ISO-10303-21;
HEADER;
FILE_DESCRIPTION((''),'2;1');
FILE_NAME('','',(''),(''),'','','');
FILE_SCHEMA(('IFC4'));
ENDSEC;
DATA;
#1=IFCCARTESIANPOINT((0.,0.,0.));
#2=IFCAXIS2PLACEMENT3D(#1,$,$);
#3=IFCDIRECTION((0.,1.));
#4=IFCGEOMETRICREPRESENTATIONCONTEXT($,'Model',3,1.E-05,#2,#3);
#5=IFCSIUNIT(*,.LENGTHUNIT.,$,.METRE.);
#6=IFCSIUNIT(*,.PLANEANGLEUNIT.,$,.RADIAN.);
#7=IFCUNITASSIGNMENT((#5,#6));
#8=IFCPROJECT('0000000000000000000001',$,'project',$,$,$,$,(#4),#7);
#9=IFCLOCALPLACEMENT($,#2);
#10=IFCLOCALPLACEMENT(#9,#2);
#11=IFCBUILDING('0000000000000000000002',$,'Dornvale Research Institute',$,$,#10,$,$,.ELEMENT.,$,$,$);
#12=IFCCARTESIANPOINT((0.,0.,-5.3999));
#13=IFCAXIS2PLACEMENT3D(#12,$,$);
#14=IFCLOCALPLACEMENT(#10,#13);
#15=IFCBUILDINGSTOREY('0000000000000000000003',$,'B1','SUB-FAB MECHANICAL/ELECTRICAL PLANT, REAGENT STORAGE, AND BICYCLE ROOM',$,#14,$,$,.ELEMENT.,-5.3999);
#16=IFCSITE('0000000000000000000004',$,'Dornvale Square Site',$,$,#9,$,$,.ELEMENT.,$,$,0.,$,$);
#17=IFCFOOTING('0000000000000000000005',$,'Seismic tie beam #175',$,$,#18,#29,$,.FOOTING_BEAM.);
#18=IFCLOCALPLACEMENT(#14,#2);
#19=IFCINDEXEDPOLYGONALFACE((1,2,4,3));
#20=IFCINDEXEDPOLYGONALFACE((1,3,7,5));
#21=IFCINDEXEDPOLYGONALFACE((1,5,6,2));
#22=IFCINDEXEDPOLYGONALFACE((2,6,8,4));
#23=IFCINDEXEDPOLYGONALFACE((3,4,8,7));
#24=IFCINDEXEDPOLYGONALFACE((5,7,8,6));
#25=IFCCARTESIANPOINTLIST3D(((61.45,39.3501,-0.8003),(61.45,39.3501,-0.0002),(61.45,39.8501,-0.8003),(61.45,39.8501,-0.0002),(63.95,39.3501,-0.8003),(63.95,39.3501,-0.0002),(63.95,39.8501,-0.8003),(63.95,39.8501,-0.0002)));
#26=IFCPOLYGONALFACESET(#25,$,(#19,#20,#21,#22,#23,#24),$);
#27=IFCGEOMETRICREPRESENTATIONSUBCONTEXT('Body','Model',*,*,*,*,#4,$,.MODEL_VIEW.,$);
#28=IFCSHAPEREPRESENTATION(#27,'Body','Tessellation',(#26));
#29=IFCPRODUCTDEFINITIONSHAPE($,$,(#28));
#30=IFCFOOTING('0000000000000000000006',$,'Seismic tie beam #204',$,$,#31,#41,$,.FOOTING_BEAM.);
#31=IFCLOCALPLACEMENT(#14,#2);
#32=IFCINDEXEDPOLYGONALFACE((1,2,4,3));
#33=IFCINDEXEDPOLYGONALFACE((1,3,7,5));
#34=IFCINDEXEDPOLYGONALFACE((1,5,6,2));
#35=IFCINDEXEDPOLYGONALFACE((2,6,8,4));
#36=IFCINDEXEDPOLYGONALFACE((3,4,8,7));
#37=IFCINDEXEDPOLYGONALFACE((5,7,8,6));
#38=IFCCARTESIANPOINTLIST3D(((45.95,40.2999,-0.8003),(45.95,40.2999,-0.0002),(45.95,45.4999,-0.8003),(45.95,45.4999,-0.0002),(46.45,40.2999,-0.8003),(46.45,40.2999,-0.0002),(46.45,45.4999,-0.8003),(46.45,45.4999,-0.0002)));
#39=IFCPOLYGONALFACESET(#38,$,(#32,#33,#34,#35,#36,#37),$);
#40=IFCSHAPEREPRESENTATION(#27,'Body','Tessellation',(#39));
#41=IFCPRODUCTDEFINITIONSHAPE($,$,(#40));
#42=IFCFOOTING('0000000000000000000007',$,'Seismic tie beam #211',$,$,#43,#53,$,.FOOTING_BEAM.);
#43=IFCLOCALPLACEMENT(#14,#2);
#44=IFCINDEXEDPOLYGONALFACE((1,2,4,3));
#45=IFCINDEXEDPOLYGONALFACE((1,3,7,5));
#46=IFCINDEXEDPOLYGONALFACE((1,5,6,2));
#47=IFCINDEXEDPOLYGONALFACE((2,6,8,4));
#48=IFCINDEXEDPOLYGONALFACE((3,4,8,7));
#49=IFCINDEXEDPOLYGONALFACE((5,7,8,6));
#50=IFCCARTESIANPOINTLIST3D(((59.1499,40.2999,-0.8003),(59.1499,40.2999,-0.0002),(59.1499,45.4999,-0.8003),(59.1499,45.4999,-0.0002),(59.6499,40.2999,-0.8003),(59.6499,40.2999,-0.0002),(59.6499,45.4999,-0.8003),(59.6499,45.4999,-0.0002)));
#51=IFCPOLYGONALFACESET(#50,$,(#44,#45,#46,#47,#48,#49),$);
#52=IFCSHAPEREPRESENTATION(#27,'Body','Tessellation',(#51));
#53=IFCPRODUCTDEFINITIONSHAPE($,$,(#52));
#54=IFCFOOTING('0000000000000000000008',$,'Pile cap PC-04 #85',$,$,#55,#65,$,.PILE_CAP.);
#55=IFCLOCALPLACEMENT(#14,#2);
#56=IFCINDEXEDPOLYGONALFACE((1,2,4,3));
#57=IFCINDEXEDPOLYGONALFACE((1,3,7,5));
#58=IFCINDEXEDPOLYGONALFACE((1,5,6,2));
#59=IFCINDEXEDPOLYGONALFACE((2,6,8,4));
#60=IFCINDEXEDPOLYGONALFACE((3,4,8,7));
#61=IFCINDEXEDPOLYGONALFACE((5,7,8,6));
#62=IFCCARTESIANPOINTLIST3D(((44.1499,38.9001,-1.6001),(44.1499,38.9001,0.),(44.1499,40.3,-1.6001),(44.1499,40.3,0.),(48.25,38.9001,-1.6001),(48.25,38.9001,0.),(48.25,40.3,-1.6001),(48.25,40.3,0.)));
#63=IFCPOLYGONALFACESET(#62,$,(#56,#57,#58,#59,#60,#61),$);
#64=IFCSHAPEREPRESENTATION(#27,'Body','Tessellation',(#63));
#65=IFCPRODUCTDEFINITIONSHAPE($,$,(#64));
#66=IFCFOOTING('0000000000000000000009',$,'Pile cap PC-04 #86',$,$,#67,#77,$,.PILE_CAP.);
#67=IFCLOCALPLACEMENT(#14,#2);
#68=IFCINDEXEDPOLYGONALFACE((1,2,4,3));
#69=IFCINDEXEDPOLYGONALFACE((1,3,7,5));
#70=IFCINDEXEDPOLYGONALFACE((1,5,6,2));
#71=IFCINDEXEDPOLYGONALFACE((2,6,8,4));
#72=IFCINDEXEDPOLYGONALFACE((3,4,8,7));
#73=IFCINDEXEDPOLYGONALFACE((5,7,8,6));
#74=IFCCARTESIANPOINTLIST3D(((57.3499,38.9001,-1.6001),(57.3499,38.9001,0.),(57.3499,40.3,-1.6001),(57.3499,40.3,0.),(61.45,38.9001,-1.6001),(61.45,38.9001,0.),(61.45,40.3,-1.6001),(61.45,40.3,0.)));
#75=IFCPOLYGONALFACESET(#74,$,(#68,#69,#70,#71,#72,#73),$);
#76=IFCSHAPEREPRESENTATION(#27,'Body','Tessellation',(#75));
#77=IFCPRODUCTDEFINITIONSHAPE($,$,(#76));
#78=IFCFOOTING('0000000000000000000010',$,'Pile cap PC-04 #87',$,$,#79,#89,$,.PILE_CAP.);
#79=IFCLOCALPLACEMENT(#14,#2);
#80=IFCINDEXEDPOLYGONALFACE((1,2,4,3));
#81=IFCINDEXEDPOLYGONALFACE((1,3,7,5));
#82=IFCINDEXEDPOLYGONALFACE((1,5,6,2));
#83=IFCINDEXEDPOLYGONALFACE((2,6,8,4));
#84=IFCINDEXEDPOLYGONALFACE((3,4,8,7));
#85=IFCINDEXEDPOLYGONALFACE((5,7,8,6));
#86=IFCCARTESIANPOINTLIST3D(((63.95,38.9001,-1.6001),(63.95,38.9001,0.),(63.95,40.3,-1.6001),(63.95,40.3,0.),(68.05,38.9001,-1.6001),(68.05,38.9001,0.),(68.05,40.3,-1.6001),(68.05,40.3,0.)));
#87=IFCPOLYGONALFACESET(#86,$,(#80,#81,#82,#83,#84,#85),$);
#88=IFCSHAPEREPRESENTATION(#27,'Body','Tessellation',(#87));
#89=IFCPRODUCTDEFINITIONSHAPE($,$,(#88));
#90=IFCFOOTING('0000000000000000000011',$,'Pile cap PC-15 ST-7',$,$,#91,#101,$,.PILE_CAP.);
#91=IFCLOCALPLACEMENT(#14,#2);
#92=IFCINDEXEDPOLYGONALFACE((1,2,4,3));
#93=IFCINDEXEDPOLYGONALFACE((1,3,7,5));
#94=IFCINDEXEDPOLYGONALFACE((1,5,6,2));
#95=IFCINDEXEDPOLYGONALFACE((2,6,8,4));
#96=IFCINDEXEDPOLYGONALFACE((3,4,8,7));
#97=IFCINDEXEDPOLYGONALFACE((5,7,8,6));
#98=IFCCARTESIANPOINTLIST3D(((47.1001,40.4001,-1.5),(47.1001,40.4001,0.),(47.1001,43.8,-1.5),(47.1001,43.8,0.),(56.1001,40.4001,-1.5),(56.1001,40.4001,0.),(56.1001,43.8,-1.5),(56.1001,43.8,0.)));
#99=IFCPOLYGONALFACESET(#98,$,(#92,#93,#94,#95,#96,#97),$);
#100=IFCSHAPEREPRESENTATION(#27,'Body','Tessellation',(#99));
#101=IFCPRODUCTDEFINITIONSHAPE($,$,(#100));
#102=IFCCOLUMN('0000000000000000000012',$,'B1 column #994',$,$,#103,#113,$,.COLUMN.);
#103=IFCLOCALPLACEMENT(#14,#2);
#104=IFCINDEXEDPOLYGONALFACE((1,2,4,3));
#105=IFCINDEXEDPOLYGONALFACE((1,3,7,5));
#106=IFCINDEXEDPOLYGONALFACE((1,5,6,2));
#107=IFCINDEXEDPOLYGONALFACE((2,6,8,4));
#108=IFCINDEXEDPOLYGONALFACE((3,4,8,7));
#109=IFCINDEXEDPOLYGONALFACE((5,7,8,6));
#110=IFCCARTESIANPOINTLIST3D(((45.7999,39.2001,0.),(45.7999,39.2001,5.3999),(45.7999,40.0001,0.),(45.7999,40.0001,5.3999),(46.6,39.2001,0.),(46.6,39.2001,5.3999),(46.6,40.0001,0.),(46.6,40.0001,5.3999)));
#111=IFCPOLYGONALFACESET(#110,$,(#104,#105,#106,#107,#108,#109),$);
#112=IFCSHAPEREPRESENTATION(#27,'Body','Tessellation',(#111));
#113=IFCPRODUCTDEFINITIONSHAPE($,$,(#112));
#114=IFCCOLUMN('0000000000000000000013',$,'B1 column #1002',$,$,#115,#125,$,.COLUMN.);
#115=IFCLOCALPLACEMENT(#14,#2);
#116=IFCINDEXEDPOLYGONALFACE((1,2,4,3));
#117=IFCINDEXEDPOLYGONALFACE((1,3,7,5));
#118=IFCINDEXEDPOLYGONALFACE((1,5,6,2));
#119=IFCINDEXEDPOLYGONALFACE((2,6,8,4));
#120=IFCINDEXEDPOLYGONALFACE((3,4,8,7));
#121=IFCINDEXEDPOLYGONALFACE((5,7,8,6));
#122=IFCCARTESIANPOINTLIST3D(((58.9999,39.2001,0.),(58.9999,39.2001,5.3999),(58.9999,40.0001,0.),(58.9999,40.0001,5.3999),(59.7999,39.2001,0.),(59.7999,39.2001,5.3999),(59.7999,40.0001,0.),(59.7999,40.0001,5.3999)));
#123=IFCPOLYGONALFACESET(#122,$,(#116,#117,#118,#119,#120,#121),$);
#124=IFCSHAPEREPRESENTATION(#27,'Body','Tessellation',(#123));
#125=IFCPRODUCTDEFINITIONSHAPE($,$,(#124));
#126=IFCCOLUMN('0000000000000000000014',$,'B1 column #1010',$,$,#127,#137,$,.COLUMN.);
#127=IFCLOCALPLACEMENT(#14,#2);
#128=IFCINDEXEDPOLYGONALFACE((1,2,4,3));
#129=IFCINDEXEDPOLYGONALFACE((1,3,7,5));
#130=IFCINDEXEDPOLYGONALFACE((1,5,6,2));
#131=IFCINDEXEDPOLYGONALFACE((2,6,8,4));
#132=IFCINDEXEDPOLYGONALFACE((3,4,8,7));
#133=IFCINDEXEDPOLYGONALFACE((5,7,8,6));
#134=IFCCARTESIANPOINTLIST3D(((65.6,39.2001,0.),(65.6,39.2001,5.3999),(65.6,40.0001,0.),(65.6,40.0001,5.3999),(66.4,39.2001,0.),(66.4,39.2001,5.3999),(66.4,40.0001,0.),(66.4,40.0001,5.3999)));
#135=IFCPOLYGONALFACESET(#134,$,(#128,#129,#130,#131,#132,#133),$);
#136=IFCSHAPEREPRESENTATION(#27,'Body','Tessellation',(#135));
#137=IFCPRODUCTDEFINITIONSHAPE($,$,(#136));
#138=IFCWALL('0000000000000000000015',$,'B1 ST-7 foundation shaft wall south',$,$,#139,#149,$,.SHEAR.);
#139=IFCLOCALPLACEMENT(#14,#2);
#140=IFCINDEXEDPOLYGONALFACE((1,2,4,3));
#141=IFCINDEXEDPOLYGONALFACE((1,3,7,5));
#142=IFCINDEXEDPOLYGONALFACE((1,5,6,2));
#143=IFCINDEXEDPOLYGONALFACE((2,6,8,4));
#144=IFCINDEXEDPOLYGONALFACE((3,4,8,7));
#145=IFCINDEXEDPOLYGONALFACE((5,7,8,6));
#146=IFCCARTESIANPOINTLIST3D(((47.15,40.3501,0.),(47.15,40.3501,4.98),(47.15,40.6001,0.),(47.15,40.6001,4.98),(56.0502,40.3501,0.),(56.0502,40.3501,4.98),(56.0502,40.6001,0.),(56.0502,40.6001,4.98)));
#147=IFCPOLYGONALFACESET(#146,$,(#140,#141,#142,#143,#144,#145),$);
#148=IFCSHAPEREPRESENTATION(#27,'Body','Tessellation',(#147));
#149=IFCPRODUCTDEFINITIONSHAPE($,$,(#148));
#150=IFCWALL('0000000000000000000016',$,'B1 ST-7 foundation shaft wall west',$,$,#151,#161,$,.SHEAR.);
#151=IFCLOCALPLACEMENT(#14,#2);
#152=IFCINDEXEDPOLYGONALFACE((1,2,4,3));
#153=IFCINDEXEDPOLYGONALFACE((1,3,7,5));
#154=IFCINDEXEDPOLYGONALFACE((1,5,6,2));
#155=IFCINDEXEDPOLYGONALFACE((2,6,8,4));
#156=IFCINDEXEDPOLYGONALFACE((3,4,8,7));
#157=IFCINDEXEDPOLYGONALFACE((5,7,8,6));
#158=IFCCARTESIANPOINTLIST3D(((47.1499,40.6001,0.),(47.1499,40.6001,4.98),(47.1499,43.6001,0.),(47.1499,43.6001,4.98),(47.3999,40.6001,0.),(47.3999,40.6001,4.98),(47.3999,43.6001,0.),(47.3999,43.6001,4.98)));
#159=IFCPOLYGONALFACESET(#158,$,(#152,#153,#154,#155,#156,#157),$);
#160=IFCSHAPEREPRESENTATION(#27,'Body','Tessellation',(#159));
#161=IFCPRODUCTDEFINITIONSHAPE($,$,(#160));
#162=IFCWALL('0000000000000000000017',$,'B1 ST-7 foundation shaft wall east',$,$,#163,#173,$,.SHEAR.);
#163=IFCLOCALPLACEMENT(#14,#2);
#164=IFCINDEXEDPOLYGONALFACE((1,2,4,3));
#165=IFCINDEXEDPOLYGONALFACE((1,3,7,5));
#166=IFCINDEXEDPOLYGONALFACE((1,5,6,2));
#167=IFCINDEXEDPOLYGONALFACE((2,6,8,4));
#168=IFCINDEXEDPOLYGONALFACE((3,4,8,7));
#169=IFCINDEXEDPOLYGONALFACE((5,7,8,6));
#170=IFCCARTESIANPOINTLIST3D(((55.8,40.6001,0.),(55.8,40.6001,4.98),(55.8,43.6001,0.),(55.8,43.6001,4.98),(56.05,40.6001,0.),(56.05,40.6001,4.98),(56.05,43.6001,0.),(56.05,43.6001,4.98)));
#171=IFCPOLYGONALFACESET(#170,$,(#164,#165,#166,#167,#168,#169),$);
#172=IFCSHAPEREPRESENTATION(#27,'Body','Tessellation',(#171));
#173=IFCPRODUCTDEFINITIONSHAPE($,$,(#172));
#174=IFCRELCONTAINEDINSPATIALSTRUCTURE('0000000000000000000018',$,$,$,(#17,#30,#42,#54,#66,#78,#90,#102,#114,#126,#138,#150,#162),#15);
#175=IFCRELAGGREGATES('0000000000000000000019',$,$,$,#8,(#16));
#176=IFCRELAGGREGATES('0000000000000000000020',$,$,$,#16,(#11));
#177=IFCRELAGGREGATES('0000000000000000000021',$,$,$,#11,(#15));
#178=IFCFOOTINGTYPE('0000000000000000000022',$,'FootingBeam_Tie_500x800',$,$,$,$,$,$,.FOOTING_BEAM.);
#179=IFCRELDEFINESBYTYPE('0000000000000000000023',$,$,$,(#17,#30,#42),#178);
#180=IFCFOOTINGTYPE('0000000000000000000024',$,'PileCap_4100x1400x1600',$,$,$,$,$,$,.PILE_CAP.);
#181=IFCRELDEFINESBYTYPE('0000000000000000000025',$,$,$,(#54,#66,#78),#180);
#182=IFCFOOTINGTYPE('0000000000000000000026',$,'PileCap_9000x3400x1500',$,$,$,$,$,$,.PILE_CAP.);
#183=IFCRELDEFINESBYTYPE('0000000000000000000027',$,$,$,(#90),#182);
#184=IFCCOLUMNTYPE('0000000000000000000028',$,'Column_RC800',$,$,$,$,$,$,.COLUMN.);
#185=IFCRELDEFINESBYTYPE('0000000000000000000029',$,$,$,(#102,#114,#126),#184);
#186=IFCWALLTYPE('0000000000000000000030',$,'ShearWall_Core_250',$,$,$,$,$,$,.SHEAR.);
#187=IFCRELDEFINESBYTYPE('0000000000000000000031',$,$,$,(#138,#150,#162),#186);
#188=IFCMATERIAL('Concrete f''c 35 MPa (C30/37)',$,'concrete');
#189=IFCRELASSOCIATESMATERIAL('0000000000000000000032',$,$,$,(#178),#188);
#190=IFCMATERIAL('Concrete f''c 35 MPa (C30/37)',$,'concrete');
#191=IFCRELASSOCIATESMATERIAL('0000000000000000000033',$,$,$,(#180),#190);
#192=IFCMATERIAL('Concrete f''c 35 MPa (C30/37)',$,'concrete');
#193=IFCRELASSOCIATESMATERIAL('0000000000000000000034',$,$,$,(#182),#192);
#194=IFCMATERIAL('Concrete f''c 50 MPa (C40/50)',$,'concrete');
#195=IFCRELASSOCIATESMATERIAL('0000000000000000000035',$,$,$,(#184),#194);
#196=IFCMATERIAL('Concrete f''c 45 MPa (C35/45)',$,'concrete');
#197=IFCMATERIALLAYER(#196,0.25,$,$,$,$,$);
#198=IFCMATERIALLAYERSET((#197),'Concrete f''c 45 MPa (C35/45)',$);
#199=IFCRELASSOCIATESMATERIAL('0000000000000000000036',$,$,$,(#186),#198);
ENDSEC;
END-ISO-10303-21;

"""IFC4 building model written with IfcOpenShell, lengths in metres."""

from ifc_helpers import new_model, si_unit, direction, frame, frame_2d, origin, origin_2d, place, context, subcontext, project, spatial, rectangle, extrude, material, layer, layer_set, material_profile, profile_set, type_object, element, save


model = new_model("IFC4")

# Units and contexts
model_context = context("Model", 3, precision=1e-05, world=origin(), true_north=direction((0.0, 1.0)))
body_context = subcontext(model_context, "Body", "Model", "MODEL_VIEW")
ifc_project = project(units=[si_unit("LENGTHUNIT", "METRE"), si_unit("PLANEANGLEUNIT", "RADIAN")], contexts=[model_context])

# Site, building, storey
site_placement = place(None, origin())
site = spatial("IfcSite", under=ifc_project, at=site_placement, Name="Dornvale Square Site", CompositionType="ELEMENT", RefElevation=0.0)
building_placement = place(site_placement, origin())
building = spatial("IfcBuilding", under=site, at=building_placement, Name="Dornvale Research Institute", CompositionType="ELEMENT")
storey_placement = place(building_placement, frame((0.0, 0.0, -5.3999)))
storey = spatial("IfcBuildingStorey", under=building, at=storey_placement, Name="B1", Description="SUB-FAB MECHANICAL/ELECTRICAL PLANT, REAGENT STORAGE, AND BICYCLE ROOM", CompositionType="ELEMENT", Elevation=-5.3999)

# Footings
ifc_material_1 = material(Name="Concrete f'c 35 MPa (C30/37)", Category="concrete")
footing_type_1 = type_object("IfcFootingType", Name="FootingBeam_Tie_500x800", PredefinedType="FOOTING_BEAM", material=ifc_material_1)
footing_1_placement = place(storey_placement, frame((62.7, 39.6001, -0.8003), z_axis=(0.0, 0.0, 1.0), x_axis=(1.0, 0.0, 0.0)))
element("IfcFooting", 1, at=footing_1_placement, inside=storey, type_object=footing_type_1, Name="Seismic tie beam #175", PredefinedType="FOOTING_BEAM", context=body_context, shape_type="SweptSolid", body=[
    extrude(rectangle(XDim=2.5, YDim=0.5, at=origin_2d()), origin(), (0.0, 0.0, 1.0), 0.8),
])
for number, where, z_axis, x_axis, name in (
    (2, (46.2, 42.8999, -0.8003), (0.0, 0.0, 1.0), (0.0, 1.0, 0.0), "Seismic tie beam #204"),
    (3, (59.3999, 42.8999, -0.8003), (0.0, 0.0, 1.0), (0.0, 1.0, 0.0), "Seismic tie beam #211"),
):
    element("IfcFooting", number, at=place(storey_placement, frame(where, z_axis=z_axis, x_axis=x_axis)), inside=storey, type_object=footing_type_1, Name=name, PredefinedType="FOOTING_BEAM", context=body_context, shape_type="SweptSolid", body=[
        extrude(rectangle(XDim=5.2, YDim=0.5, at=origin_2d()), origin(), (0.0, 0.0, 1.0), 0.8),
    ])
ifc_material_2 = material(Name="Concrete f'c 35 MPa (C30/37)", Category="concrete")
footing_type_2 = type_object("IfcFootingType", Name="PileCap_4100x1400x1600", PredefinedType="PILE_CAP", material=ifc_material_2)
for number, where, z_axis, x_axis, name in (
    (4, (46.2, 39.6001, -1.6001), (0.0, 0.0, 1.0), (1.0, 0.0, 0.0), "Pile cap PC-04 #85"),
    (5, (59.3999, 39.6001, -1.6001), (0.0, 0.0, 1.0), (1.0, 0.0, 0.0), "Pile cap PC-04 #86"),
    (6, (66.0, 39.6001, -1.6001), (0.0, 0.0, 1.0), (1.0, 0.0, 0.0), "Pile cap PC-04 #87"),
):
    element("IfcFooting", number, at=place(storey_placement, frame(where, z_axis=z_axis, x_axis=x_axis)), inside=storey, type_object=footing_type_2, Name=name, PredefinedType="PILE_CAP", context=body_context, shape_type="SweptSolid", body=[
        extrude(rectangle(XDim=4.1001, YDim=1.3999, at=origin_2d()), origin(), (0.0, 0.0, 1.0), 1.6001),
    ])
ifc_material_3 = material(Name="Concrete f'c 35 MPa (C30/37)", Category="concrete")
footing_type_3 = type_object("IfcFootingType", Name="PileCap_9000x3400x1500", PredefinedType="PILE_CAP", material=ifc_material_3)
footing_2_placement = place(storey_placement, frame((51.6001, 42.1001, -1.5), z_axis=(0.0, 0.0, 1.0), x_axis=(1.0, 0.0, 0.0)))
element("IfcFooting", 7, at=footing_2_placement, inside=storey, type_object=footing_type_3, Name="Pile cap PC-15 ST-7", PredefinedType="PILE_CAP", context=body_context, shape_type="SweptSolid", body=[
    extrude(rectangle(XDim=9.0, YDim=3.3999, at=origin_2d()), origin(), (0.0, 0.0, 1.0), 1.5),
])

# Columns
ifc_material_4 = material(Name="Concrete f'c 50 MPa (C40/50)", Category="concrete")
ifc_material_profile_1 = material_profile(ifc_material_4, rectangle(XDim=0.8, YDim=0.8, at=origin_2d()), Name="RC 800x800")
ifc_profile_set_1 = profile_set([ifc_material_profile_1], Name="Concrete f'c 50 MPa (C40/50)")
column_type = type_object("IfcColumnType", Name="Column_RC800", PredefinedType="COLUMN", material=ifc_profile_set_1)
for number, where, z_axis, x_axis, name in (
    (8, (46.2, 39.6001, 0.0), (0.0, 0.0, 1.0), (1.0, 0.0, 0.0), "B1 column #994"),
    (9, (59.3999, 39.6001, 0.0), (0.0, 0.0, 1.0), (1.0, 0.0, 0.0), "B1 column #1002"),
    (10, (66.0, 39.6001, 0.0), (0.0, 0.0, 1.0), (1.0, 0.0, 0.0), "B1 column #1010"),
):
    element("IfcColumn", number, at=place(storey_placement, frame(where, z_axis=z_axis, x_axis=x_axis)), inside=storey, type_object=column_type, Name=name, PredefinedType="COLUMN", context=body_context, shape_type="SweptSolid", body=[
        extrude(rectangle(XDim=0.8, YDim=0.8, at=origin_2d()), origin(), (0.0, 0.0, 1.0), 5.3999),
    ])

# Walls
ifc_material_5 = material(Name="Concrete f'c 45 MPa (C35/45)", Category="concrete")
ifc_layer = layer(ifc_material_5, 0.25)
ifc_layer_set = layer_set([ifc_layer], Name="Concrete f'c 45 MPa (C35/45)")
wall_type = type_object("IfcWallType", Name="ShearWall_Core_250", PredefinedType="SHEAR", material=ifc_layer_set)
wall_placement = place(storey_placement, frame((47.1499, 40.4751, 0.0), z_axis=(0.0, 0.0, 1.0), x_axis=(1.0, 0.0, 0.0)))
element("IfcWall", 11, at=wall_placement, inside=storey, type_object=wall_type, Name="B1 ST-7 foundation shaft wall south", PredefinedType="SHEAR", context=body_context, shape_type="SweptSolid", body=[
    extrude(rectangle(XDim=8.9001, YDim=0.25, at=frame_2d((4.4502, 0.0))), origin(), (0.0, 0.0, 1.0), 4.98),
])
for number, where, z_axis, x_axis, name in (
    (12, (47.2749, 40.6001, 0.0), (0.0, 0.0, 1.0), (0.0, 1.0, 0.0), "B1 ST-7 foundation shaft wall west"),
    (13, (55.925, 40.6001, 0.0), (0.0, 0.0, 1.0), (0.0, 1.0, 0.0), "B1 ST-7 foundation shaft wall east"),
):
    element("IfcWall", number, at=place(storey_placement, frame(where, z_axis=z_axis, x_axis=x_axis)), inside=storey, type_object=wall_type, Name=name, PredefinedType="SHEAR", context=body_context, shape_type="SweptSolid", body=[
        extrude(rectangle(XDim=3.0, YDim=0.25, at=frame_2d((1.5, 0.0))), origin(), (0.0, 0.0, 1.0), 4.98),
    ])

save(model, "model.ifc")
